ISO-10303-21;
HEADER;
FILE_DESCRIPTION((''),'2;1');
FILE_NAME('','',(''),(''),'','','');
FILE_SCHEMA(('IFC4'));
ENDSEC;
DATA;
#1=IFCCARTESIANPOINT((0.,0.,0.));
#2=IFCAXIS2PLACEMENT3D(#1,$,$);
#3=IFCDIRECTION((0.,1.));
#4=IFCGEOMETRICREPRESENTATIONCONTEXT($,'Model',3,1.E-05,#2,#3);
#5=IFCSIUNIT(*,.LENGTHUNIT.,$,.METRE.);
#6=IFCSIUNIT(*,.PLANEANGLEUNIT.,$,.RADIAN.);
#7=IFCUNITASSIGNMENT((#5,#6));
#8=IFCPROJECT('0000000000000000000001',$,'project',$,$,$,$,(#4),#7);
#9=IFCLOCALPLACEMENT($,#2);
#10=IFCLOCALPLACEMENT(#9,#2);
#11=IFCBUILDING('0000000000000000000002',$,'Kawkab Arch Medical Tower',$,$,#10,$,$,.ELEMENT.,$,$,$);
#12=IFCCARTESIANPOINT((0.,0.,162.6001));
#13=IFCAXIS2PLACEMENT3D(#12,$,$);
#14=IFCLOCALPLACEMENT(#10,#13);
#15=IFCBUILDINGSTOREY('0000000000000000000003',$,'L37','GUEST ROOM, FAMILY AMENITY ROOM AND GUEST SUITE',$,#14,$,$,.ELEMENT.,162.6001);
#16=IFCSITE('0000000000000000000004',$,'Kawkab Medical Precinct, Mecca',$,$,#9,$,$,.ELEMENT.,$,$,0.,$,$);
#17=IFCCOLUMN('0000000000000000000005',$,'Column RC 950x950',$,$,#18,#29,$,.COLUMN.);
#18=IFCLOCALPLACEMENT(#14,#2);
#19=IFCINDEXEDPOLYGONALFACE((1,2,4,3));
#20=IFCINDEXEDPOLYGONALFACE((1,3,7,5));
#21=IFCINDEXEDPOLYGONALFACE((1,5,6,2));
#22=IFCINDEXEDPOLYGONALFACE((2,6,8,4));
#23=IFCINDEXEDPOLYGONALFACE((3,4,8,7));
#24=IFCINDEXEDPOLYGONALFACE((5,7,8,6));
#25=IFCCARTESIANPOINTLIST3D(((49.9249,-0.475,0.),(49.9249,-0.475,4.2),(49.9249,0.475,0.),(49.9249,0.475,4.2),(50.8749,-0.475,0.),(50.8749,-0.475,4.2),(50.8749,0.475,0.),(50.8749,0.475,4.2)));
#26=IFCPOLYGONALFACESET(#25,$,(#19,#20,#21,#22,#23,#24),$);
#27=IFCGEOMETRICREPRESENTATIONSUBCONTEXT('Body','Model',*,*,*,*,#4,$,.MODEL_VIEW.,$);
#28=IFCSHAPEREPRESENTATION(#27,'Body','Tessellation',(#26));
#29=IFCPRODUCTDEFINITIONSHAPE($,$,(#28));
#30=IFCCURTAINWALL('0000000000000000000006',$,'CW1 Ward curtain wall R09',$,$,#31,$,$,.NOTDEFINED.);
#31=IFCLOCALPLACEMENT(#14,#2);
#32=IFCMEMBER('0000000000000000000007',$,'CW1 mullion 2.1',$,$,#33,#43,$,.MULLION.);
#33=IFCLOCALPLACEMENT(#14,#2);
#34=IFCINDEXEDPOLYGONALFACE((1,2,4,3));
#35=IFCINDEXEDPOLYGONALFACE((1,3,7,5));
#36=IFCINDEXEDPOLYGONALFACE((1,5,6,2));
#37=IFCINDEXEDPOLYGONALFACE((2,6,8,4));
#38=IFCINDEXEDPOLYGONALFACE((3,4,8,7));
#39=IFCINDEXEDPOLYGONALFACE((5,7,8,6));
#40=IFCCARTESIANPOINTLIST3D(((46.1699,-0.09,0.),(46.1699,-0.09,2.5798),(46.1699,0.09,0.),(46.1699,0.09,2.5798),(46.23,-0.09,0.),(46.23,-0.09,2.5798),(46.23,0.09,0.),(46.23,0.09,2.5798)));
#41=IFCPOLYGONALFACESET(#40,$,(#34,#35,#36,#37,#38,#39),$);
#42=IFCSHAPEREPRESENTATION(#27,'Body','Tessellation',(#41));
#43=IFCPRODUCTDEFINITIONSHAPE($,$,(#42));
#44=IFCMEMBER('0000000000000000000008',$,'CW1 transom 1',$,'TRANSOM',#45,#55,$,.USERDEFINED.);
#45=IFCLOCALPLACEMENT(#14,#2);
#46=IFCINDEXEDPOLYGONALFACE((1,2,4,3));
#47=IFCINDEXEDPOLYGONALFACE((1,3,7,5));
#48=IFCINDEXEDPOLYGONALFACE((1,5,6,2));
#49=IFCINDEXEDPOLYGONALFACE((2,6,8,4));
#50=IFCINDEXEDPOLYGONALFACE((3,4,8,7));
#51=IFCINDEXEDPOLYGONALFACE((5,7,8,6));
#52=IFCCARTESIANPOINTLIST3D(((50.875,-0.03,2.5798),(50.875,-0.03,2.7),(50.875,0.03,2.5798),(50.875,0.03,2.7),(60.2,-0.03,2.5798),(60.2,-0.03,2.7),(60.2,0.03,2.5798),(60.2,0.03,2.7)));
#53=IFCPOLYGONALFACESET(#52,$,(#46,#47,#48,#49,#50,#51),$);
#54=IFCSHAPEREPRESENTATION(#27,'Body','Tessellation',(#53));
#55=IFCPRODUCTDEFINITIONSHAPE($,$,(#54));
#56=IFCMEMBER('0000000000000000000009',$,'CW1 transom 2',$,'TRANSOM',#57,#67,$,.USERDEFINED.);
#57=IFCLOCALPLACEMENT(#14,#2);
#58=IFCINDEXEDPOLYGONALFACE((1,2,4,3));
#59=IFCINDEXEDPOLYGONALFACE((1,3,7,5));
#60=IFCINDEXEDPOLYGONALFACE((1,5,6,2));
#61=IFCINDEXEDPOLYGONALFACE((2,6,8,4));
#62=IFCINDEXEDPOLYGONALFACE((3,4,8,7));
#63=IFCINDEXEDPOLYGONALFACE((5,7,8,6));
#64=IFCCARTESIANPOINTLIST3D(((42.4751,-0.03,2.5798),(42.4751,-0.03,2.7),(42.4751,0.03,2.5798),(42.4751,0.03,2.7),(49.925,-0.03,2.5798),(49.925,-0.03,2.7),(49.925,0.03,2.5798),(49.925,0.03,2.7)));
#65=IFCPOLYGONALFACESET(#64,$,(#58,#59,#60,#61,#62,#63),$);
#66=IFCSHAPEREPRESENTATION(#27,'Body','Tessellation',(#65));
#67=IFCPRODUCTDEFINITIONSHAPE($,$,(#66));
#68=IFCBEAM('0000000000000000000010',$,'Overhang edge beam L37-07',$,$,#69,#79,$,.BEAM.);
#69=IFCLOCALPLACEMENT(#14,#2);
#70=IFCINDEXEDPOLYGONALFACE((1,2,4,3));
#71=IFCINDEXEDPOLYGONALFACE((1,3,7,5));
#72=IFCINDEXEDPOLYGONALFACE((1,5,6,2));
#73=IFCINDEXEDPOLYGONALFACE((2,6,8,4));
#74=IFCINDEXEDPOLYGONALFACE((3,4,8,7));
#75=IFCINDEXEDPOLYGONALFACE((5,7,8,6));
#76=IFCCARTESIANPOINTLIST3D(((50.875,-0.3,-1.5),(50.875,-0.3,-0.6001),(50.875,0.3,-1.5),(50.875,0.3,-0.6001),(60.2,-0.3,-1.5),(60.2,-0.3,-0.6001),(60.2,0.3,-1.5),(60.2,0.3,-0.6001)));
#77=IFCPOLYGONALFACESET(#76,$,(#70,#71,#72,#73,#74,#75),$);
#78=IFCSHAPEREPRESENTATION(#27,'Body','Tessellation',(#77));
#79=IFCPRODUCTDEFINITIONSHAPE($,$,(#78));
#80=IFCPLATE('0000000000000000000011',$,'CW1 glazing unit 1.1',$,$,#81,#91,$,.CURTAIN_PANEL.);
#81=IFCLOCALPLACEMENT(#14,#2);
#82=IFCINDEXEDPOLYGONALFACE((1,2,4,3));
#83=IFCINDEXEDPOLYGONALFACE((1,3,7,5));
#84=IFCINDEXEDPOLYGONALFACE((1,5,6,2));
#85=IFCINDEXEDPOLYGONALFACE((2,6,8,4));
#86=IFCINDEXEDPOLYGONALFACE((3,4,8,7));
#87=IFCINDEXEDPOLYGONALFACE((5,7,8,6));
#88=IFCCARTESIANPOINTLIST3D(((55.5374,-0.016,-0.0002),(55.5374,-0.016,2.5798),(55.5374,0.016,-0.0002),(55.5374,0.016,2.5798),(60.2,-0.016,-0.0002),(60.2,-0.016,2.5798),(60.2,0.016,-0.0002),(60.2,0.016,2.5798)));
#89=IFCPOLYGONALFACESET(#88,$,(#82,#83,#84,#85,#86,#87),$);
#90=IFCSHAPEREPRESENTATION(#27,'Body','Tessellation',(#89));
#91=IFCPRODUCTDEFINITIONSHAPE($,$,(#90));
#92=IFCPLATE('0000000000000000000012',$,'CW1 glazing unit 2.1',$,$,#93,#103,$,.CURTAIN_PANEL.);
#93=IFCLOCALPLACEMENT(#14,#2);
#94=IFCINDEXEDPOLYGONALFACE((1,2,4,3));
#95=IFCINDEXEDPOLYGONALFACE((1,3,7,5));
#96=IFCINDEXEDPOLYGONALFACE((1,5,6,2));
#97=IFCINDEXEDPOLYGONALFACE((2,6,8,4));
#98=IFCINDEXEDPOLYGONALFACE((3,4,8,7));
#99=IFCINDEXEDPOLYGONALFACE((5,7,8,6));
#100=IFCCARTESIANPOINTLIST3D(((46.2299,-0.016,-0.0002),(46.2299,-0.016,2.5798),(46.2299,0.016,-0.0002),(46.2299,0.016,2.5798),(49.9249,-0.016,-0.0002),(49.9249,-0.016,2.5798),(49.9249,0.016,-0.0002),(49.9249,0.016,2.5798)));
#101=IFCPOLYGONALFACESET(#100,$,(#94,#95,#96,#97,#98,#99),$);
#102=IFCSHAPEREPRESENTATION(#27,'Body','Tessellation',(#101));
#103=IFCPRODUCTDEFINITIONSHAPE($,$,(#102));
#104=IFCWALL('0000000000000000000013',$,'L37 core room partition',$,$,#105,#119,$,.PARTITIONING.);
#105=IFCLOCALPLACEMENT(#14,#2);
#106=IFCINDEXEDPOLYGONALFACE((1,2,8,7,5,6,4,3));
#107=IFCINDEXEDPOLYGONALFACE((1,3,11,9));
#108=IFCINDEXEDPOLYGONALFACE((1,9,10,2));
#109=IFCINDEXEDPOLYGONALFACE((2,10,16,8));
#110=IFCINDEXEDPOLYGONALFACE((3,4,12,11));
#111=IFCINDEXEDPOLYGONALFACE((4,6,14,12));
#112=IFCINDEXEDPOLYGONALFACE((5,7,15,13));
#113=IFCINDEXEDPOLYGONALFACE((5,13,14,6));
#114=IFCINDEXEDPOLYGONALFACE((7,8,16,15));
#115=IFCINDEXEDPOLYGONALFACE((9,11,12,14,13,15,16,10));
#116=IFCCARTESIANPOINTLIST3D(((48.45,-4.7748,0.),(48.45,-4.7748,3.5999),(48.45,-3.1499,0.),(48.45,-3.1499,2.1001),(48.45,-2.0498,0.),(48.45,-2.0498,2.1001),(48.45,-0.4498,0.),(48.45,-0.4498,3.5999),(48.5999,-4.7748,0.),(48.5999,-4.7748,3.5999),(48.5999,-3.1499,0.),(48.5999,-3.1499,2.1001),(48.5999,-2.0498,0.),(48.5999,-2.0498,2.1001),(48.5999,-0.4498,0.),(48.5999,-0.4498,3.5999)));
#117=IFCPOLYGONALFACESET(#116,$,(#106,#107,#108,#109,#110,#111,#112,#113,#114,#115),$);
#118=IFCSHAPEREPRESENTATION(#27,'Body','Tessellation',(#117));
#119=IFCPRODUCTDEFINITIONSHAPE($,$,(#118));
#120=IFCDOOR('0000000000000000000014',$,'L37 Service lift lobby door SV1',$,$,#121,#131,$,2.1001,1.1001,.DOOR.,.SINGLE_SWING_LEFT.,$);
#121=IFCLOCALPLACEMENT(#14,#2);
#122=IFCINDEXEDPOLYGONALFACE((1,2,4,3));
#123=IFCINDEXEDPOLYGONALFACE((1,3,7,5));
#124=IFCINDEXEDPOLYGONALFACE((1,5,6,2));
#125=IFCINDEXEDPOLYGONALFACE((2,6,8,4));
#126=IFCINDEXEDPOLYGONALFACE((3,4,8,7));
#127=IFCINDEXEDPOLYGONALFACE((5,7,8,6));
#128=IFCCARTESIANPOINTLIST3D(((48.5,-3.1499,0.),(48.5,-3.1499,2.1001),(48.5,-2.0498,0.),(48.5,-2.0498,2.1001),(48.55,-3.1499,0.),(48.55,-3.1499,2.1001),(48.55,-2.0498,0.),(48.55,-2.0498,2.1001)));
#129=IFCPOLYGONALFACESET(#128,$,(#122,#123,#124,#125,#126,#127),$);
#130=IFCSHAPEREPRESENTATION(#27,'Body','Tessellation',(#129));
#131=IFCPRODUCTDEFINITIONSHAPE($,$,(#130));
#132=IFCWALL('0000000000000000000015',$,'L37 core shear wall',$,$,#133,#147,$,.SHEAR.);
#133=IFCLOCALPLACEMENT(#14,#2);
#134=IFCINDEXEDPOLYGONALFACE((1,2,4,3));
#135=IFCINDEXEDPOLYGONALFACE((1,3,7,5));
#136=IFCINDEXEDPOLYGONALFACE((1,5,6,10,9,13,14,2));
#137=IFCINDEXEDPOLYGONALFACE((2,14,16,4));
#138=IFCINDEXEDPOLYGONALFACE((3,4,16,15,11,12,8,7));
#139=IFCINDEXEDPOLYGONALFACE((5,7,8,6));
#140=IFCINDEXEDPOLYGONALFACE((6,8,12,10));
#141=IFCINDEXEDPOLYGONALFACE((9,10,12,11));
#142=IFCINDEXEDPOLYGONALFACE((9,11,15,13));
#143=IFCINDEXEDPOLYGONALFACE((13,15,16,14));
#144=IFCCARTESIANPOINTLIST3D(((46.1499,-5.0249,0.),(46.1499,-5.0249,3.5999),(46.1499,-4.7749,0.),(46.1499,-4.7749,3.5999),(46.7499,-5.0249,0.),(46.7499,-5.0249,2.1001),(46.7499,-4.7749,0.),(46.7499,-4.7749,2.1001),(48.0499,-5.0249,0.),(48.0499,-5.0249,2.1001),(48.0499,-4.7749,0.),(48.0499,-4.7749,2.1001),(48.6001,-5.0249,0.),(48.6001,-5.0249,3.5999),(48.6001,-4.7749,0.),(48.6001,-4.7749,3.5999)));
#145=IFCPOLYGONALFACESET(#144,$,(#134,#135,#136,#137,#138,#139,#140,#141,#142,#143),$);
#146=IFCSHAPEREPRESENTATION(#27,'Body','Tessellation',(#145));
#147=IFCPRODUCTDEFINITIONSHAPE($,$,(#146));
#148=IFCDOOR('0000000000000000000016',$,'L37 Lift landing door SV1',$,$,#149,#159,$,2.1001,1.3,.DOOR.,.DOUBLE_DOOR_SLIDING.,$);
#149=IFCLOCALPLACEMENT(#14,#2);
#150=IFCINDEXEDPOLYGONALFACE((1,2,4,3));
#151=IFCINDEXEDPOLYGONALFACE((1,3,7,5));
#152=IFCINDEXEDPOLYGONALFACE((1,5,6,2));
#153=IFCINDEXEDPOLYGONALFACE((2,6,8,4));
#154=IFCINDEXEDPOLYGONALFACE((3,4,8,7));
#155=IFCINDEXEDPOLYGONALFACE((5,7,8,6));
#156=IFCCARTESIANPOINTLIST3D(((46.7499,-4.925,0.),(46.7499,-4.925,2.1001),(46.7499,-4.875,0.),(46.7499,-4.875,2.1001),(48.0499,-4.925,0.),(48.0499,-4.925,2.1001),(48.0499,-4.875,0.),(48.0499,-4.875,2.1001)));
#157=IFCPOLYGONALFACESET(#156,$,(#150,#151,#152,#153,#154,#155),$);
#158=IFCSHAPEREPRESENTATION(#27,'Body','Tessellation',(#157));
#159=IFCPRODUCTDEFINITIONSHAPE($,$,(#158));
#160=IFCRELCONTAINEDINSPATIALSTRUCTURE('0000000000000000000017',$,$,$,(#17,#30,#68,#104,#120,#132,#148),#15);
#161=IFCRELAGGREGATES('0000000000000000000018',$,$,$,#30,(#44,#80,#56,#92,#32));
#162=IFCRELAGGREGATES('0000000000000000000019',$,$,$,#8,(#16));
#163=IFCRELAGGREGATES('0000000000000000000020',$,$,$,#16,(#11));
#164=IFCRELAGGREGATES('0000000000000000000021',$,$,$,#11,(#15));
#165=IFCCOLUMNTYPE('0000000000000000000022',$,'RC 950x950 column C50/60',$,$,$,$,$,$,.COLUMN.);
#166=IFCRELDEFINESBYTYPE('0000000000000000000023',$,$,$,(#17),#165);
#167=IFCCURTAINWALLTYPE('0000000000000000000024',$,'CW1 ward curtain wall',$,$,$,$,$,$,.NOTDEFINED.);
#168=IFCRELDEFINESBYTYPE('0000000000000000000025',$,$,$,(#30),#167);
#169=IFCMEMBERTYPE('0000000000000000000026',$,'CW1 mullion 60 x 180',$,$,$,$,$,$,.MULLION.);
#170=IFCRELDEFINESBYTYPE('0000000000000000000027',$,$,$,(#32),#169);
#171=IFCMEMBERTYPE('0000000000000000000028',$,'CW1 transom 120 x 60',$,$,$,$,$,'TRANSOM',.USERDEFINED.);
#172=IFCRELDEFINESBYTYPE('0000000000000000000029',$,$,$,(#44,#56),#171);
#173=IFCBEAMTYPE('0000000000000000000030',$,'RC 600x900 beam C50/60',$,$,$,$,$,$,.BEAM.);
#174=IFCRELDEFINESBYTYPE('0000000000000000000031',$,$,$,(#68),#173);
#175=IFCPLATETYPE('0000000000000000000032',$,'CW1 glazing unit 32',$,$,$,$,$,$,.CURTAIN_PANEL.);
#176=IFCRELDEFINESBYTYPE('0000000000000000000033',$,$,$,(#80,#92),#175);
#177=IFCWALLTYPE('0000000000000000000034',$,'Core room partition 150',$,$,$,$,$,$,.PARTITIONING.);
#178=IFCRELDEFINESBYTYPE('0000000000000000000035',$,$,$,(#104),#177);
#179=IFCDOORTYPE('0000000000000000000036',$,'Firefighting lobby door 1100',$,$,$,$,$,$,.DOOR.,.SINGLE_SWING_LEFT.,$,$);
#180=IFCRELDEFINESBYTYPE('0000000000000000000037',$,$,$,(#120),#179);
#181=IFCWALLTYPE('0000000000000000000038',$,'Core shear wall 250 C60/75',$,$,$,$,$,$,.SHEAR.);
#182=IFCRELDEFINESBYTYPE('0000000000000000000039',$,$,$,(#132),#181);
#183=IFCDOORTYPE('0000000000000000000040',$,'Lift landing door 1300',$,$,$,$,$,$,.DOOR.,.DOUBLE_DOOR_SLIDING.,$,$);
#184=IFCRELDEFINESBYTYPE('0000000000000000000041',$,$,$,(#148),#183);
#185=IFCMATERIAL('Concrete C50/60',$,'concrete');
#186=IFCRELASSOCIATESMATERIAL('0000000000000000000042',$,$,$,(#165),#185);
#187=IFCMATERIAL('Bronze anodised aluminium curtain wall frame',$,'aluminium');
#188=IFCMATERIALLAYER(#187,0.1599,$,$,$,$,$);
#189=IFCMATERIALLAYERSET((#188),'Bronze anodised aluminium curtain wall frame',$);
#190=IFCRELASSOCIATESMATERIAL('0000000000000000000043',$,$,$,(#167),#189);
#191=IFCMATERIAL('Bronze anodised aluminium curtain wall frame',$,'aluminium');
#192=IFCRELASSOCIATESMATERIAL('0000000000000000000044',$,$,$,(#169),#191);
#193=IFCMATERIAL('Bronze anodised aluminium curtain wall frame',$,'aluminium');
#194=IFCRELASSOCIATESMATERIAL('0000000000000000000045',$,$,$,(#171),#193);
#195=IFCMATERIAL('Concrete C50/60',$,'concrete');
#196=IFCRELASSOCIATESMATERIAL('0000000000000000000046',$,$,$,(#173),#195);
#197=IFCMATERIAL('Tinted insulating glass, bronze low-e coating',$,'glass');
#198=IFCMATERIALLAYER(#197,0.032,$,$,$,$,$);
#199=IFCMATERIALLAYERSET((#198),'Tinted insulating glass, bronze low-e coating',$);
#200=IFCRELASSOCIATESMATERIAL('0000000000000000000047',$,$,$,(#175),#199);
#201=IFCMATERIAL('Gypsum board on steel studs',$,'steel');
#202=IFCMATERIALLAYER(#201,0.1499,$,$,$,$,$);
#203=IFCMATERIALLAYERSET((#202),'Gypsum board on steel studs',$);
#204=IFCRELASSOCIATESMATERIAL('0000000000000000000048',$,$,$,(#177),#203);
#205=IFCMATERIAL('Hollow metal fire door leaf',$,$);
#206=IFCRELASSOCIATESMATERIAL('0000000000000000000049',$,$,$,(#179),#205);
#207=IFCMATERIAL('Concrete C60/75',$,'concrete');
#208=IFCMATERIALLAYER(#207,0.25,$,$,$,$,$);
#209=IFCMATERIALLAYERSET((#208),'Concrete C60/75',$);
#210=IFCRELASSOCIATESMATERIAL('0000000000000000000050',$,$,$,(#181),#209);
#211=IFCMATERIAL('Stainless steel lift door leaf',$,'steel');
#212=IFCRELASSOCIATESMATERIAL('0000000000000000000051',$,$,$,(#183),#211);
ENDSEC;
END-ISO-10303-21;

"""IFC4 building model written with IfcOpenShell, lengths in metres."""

from ifc_helpers import new_model, si_unit, direction, frame, frame_2d, origin, origin_2d, place, context, subcontext, project, spatial, rectangle, extrude, material, layer, layer_set, material_profile, profile_set, type_object, element, fill, aggregate, save


model = new_model("IFC4")

# Units and contexts
model_context = context("Model", 3, precision=1e-05, world=origin(), true_north=direction((0.0, 1.0)))
body_context = subcontext(model_context, "Body", "Model", "MODEL_VIEW")
ifc_project = project(units=[si_unit("LENGTHUNIT", "METRE"), si_unit("PLANEANGLEUNIT", "RADIAN")], contexts=[model_context])

# Site, building, storey
site_placement = place(None, origin())
site = spatial("IfcSite", under=ifc_project, at=site_placement, Name="Kawkab Medical Precinct, Mecca", CompositionType="ELEMENT", RefElevation=0.0)
building_placement = place(site_placement, origin())
building = spatial("IfcBuilding", under=site, at=building_placement, Name="Kawkab Arch Medical Tower", CompositionType="ELEMENT")
storey_placement = place(building_placement, frame((0.0, 0.0, 162.6001)))
storey = spatial("IfcBuildingStorey", under=building, at=storey_placement, Name="L37", Description="GUEST ROOM, FAMILY AMENITY ROOM AND GUEST SUITE", CompositionType="ELEMENT", Elevation=162.6001)

# Column
ifc_material_1 = material(Name="Concrete C50/60", Category="concrete")
ifc_material_profile_1 = material_profile(ifc_material_1, rectangle(XDim=0.95, YDim=0.95, at=origin_2d()), Name="RC 950x950")
ifc_profile_set_1 = profile_set([ifc_material_profile_1], Name="Concrete C50/60")
column_type = type_object("IfcColumnType", Name="RC 950x950 column C50/60", PredefinedType="COLUMN", material=ifc_profile_set_1)
column_placement = place(storey_placement, frame((50.3999, 0.0, 0.0), z_axis=(0.0, 0.0, 1.0), x_axis=(1.0, 0.0, 0.0)))
element("IfcColumn", 1, at=column_placement, inside=storey, type_object=column_type, Name="Column RC 950x950", PredefinedType="COLUMN", context=body_context, shape_type="SweptSolid", body=[
    extrude(rectangle(XDim=0.95, YDim=0.95, at=origin_2d()), origin(), (0.0, 0.0, 1.0), 4.2),
])

# Curtain wall, members
ifc_material_2 = material(Name="Bronze anodised aluminium curtain wall frame", Category="aluminium")
ifc_layer_1 = layer(ifc_material_2, 0.1599)
ifc_layer_set_1 = layer_set([ifc_layer_1], Name="Bronze anodised aluminium curtain wall frame")
curtain_wall_type = type_object("IfcCurtainWallType", Name="CW1 ward curtain wall", PredefinedType="NOTDEFINED", material=ifc_layer_set_1)
curtain_wall_placement = place(storey_placement, origin())
curtain_wall = element("IfcCurtainWall", 2, at=curtain_wall_placement, inside=storey, type_object=curtain_wall_type, Name="CW1 Ward curtain wall R09", PredefinedType="NOTDEFINED")
ifc_material_3 = material(Name="Bronze anodised aluminium curtain wall frame", Category="aluminium")
ifc_material_profile_2 = material_profile(ifc_material_3, rectangle(XDim=0.1799, YDim=0.0601, at=origin_2d()), Name="AL 60x180")
ifc_profile_set_2 = profile_set([ifc_material_profile_2], Name="Bronze anodised aluminium curtain wall frame")
member_type_1 = type_object("IfcMemberType", Name="CW1 mullion 60 x 180", PredefinedType="MULLION", material=ifc_profile_set_2)
member_1_placement = place(storey_placement, frame((46.2, 0.0, 0.0), z_axis=(0.0, 0.0, 1.0), x_axis=(0.0, -1.0, 0.0)))
member_1 = element("IfcMember", 3, at=member_1_placement, type_object=member_type_1, Name="CW1 mullion 2.1", PredefinedType="MULLION", context=body_context, shape_type="SweptSolid", body=[
    extrude(rectangle(XDim=0.1799, YDim=0.0601, at=origin_2d()), origin(), (0.0, 0.0, 1.0), 2.5798),
])
ifc_material_4 = material(Name="Bronze anodised aluminium curtain wall frame", Category="aluminium")
ifc_material_profile_3 = material_profile(ifc_material_4, rectangle(XDim=0.0601, YDim=0.1201, at=origin_2d()), Name="AL 60x120")
ifc_profile_set_3 = profile_set([ifc_material_profile_3], Name="Bronze anodised aluminium curtain wall frame")
member_type_2 = type_object("IfcMemberType", Name="CW1 transom 120 x 60", ElementType="TRANSOM", PredefinedType="USERDEFINED", material=ifc_profile_set_3)
member_2_placement = place(storey_placement, frame((60.2, 0.0, 2.6399), z_axis=(-1.0, 0.0, 0.0), x_axis=(0.0, -1.0, 0.0)))
member_2 = element("IfcMember", 4, at=member_2_placement, type_object=member_type_2, Name="CW1 transom 1", ObjectType="TRANSOM", PredefinedType="USERDEFINED", context=body_context, shape_type="SweptSolid", body=[
    extrude(rectangle(XDim=0.0601, YDim=0.1201, at=origin_2d()), origin(), (0.0, 0.0, 1.0), 9.325),
])
member_3_placement = place(storey_placement, frame((49.925, 0.0, 2.6399), z_axis=(-1.0, 0.0, 0.0), x_axis=(0.0, -1.0, 0.0)))
member_3 = element("IfcMember", 5, at=member_3_placement, type_object=member_type_2, Name="CW1 transom 2", ObjectType="TRANSOM", PredefinedType="USERDEFINED", context=body_context, shape_type="SweptSolid", body=[
    extrude(rectangle(XDim=0.0601, YDim=0.1201, at=origin_2d()), origin(), (0.0, 0.0, 1.0), 7.45),
])

# Beam
ifc_material_5 = material(Name="Concrete C50/60", Category="concrete")
ifc_material_profile_4 = material_profile(ifc_material_5, rectangle(XDim=0.6001, YDim=0.8999, at=origin_2d()), Name="RC 600x900")
ifc_profile_set_4 = profile_set([ifc_material_profile_4], Name="Concrete C50/60")
beam_type = type_object("IfcBeamType", Name="RC 600x900 beam C50/60", PredefinedType="BEAM", material=ifc_profile_set_4)
beam_placement = place(storey_placement, frame((50.875, 0.0, -1.05), z_axis=(1.0, 0.0, 0.0), x_axis=(0.0, 1.0, 0.0)))
element("IfcBeam", 6, at=beam_placement, inside=storey, type_object=beam_type, Name="Overhang edge beam L37-07", PredefinedType="BEAM", context=body_context, shape_type="SweptSolid", body=[
    extrude(rectangle(XDim=0.6001, YDim=0.8999, at=origin_2d()), origin(), (0.0, 0.0, 1.0), 9.325),
])

# Plates
ifc_material_6 = material(Name="Tinted insulating glass, bronze low-e coating", Category="glass")
ifc_layer_2 = layer(ifc_material_6, 0.032)
ifc_layer_set_2 = layer_set([ifc_layer_2], Name="Tinted insulating glass, bronze low-e coating")
plate_type = type_object("IfcPlateType", Name="CW1 glazing unit 32", PredefinedType="CURTAIN_PANEL", material=ifc_layer_set_2)
plate_1_placement = place(storey_placement, frame((57.8687, 0.0, -0.0002), z_axis=(0.0, 0.0, 1.0), x_axis=(-1.0, 0.0, 0.0)))
plate_1 = element("IfcPlate", 7, at=plate_1_placement, type_object=plate_type, Name="CW1 glazing unit 1.1", PredefinedType="CURTAIN_PANEL", context=body_context, shape_type="SweptSolid", body=[
    extrude(rectangle(XDim=4.6626, YDim=0.032, at=origin_2d()), origin(), (0.0, 0.0, 1.0), 2.5801),
])
plate_2_placement = place(storey_placement, frame((48.0774, 0.0, -0.0002), z_axis=(0.0, 0.0, 1.0), x_axis=(-1.0, 0.0, 0.0)))
plate_2 = element("IfcPlate", 8, at=plate_2_placement, type_object=plate_type, Name="CW1 glazing unit 2.1", PredefinedType="CURTAIN_PANEL", context=body_context, shape_type="SweptSolid", body=[
    extrude(rectangle(XDim=3.6951, YDim=0.032, at=origin_2d()), origin(), (0.0, 0.0, 1.0), 2.5801),
])
aggregate(curtain_wall, [member_2, plate_1, member_3, plate_2, member_1])

# Walls, openings, doors
ifc_material_7 = material(Name="Gypsum board on steel studs", Category="steel")
ifc_layer_3 = layer(ifc_material_7, 0.1499)
ifc_layer_set_3 = layer_set([ifc_layer_3], Name="Gypsum board on steel studs")
wall_type_1 = type_object("IfcWallType", Name="Core room partition 150", PredefinedType="PARTITIONING", material=ifc_layer_set_3)
wall_1_placement = place(storey_placement, frame((48.5249, -4.7749, 0.0), z_axis=(0.0, 0.0, 1.0), x_axis=(0.0, 1.0, 0.0)))
wall_1 = element("IfcWall", 9, at=wall_1_placement, inside=storey, type_object=wall_type_1, Name="L37 core room partition", PredefinedType="PARTITIONING", context=body_context, shape_type="SweptSolid", body=[
    extrude(rectangle(XDim=4.325, YDim=0.1499, at=frame_2d((2.1626, 0.0))), origin(), (0.0, 0.0, 1.0), 3.5999),
])
opening_1_placement = place(wall_1_placement, frame((1.625, 0.0, 0.0)))
opening_1 = element("IfcOpeningElement", 10, at=opening_1_placement, cuts=wall_1, PredefinedType="OPENING", context=body_context, shape_type="SweptSolid", body=[
    extrude(rectangle(XDim=1.1001, YDim=2.1001, at=frame_2d((0.55, 1.05))), frame((0.0, 0.085, 0.0), z_axis=(0.0, -1.0, 0.0), x_axis=(1.0, 0.0, 0.0)), (0.0, 0.0, 1.0), 0.1699),
])
ifc_material_8 = material(Name="Hollow metal fire door leaf")
door_type_1 = type_object("IfcDoorType", Name="Firefighting lobby door 1100", OperationType="SINGLE_SWING_LEFT", PredefinedType="DOOR", material=ifc_material_8)
door_1_placement = place(opening_1_placement, origin())
door_1 = element("IfcDoor", 11, at=door_1_placement, inside=storey, type_object=door_type_1, Name="L37 Service lift lobby door SV1", OperationType="SINGLE_SWING_LEFT", OverallHeight=2.1001, OverallWidth=1.1001, PredefinedType="DOOR", context=body_context, shape_type="SweptSolid", body=[
    extrude(rectangle(XDim=1.1001, YDim=2.1001, at=frame_2d((0.55, 1.05))), frame((0.0, 0.0249, 0.0), z_axis=(0.0, -1.0, 0.0), x_axis=(1.0, 0.0, 0.0)), (0.0, 0.0, 1.0), 0.05),
])
fill(opening_1, door_1)
ifc_material_9 = material(Name="Concrete C60/75", Category="concrete")
ifc_layer_4 = layer(ifc_material_9, 0.25)
ifc_layer_set_4 = layer_set([ifc_layer_4], Name="Concrete C60/75")
wall_type_2 = type_object("IfcWallType", Name="Core shear wall 250 C60/75", PredefinedType="SHEAR", material=ifc_layer_set_4)
wall_2_placement = place(storey_placement, frame((46.1499, -4.8999, 0.0), z_axis=(0.0, 0.0, 1.0), x_axis=(1.0, 0.0, 0.0)))
wall_2 = element("IfcWall", 12, at=wall_2_placement, inside=storey, type_object=wall_type_2, Name="L37 core shear wall", PredefinedType="SHEAR", context=body_context, shape_type="SweptSolid", body=[
    extrude(rectangle(XDim=2.4502, YDim=0.25, at=frame_2d((1.2251, 0.0))), origin(), (0.0, 0.0, 1.0), 3.5999),
])
opening_2_placement = place(wall_2_placement, frame((0.6001, 0.0, 0.0)))
opening_2 = element("IfcOpeningElement", 13, at=opening_2_placement, cuts=wall_2, PredefinedType="OPENING", context=body_context, shape_type="SweptSolid", body=[
    extrude(rectangle(XDim=1.3, YDim=2.1001, at=frame_2d((0.6499, 1.05))), frame((0.0, 0.135, 0.0), z_axis=(0.0, -1.0, 0.0), x_axis=(1.0, 0.0, 0.0)), (0.0, 0.0, 1.0), 0.27),
])
ifc_material_10 = material(Name="Stainless steel lift door leaf", Category="steel")
door_type_2 = type_object("IfcDoorType", Name="Lift landing door 1300", OperationType="DOUBLE_DOOR_SLIDING", PredefinedType="DOOR", material=ifc_material_10)
door_2_placement = place(opening_2_placement, origin())
door_2 = element("IfcDoor", 14, at=door_2_placement, inside=storey, type_object=door_type_2, Name="L37 Lift landing door SV1", OperationType="DOUBLE_DOOR_SLIDING", OverallHeight=2.1001, OverallWidth=1.3, PredefinedType="DOOR", context=body_context, shape_type="SweptSolid", body=[
    extrude(rectangle(XDim=1.3, YDim=2.1001, at=frame_2d((0.6499, 1.05))), frame((0.0, 0.0249, 0.0), z_axis=(0.0, -1.0, 0.0), x_axis=(1.0, 0.0, 0.0)), (0.0, 0.0, 1.0), 0.05),
])
fill(opening_2, door_2)

save(model, "model.ifc")
